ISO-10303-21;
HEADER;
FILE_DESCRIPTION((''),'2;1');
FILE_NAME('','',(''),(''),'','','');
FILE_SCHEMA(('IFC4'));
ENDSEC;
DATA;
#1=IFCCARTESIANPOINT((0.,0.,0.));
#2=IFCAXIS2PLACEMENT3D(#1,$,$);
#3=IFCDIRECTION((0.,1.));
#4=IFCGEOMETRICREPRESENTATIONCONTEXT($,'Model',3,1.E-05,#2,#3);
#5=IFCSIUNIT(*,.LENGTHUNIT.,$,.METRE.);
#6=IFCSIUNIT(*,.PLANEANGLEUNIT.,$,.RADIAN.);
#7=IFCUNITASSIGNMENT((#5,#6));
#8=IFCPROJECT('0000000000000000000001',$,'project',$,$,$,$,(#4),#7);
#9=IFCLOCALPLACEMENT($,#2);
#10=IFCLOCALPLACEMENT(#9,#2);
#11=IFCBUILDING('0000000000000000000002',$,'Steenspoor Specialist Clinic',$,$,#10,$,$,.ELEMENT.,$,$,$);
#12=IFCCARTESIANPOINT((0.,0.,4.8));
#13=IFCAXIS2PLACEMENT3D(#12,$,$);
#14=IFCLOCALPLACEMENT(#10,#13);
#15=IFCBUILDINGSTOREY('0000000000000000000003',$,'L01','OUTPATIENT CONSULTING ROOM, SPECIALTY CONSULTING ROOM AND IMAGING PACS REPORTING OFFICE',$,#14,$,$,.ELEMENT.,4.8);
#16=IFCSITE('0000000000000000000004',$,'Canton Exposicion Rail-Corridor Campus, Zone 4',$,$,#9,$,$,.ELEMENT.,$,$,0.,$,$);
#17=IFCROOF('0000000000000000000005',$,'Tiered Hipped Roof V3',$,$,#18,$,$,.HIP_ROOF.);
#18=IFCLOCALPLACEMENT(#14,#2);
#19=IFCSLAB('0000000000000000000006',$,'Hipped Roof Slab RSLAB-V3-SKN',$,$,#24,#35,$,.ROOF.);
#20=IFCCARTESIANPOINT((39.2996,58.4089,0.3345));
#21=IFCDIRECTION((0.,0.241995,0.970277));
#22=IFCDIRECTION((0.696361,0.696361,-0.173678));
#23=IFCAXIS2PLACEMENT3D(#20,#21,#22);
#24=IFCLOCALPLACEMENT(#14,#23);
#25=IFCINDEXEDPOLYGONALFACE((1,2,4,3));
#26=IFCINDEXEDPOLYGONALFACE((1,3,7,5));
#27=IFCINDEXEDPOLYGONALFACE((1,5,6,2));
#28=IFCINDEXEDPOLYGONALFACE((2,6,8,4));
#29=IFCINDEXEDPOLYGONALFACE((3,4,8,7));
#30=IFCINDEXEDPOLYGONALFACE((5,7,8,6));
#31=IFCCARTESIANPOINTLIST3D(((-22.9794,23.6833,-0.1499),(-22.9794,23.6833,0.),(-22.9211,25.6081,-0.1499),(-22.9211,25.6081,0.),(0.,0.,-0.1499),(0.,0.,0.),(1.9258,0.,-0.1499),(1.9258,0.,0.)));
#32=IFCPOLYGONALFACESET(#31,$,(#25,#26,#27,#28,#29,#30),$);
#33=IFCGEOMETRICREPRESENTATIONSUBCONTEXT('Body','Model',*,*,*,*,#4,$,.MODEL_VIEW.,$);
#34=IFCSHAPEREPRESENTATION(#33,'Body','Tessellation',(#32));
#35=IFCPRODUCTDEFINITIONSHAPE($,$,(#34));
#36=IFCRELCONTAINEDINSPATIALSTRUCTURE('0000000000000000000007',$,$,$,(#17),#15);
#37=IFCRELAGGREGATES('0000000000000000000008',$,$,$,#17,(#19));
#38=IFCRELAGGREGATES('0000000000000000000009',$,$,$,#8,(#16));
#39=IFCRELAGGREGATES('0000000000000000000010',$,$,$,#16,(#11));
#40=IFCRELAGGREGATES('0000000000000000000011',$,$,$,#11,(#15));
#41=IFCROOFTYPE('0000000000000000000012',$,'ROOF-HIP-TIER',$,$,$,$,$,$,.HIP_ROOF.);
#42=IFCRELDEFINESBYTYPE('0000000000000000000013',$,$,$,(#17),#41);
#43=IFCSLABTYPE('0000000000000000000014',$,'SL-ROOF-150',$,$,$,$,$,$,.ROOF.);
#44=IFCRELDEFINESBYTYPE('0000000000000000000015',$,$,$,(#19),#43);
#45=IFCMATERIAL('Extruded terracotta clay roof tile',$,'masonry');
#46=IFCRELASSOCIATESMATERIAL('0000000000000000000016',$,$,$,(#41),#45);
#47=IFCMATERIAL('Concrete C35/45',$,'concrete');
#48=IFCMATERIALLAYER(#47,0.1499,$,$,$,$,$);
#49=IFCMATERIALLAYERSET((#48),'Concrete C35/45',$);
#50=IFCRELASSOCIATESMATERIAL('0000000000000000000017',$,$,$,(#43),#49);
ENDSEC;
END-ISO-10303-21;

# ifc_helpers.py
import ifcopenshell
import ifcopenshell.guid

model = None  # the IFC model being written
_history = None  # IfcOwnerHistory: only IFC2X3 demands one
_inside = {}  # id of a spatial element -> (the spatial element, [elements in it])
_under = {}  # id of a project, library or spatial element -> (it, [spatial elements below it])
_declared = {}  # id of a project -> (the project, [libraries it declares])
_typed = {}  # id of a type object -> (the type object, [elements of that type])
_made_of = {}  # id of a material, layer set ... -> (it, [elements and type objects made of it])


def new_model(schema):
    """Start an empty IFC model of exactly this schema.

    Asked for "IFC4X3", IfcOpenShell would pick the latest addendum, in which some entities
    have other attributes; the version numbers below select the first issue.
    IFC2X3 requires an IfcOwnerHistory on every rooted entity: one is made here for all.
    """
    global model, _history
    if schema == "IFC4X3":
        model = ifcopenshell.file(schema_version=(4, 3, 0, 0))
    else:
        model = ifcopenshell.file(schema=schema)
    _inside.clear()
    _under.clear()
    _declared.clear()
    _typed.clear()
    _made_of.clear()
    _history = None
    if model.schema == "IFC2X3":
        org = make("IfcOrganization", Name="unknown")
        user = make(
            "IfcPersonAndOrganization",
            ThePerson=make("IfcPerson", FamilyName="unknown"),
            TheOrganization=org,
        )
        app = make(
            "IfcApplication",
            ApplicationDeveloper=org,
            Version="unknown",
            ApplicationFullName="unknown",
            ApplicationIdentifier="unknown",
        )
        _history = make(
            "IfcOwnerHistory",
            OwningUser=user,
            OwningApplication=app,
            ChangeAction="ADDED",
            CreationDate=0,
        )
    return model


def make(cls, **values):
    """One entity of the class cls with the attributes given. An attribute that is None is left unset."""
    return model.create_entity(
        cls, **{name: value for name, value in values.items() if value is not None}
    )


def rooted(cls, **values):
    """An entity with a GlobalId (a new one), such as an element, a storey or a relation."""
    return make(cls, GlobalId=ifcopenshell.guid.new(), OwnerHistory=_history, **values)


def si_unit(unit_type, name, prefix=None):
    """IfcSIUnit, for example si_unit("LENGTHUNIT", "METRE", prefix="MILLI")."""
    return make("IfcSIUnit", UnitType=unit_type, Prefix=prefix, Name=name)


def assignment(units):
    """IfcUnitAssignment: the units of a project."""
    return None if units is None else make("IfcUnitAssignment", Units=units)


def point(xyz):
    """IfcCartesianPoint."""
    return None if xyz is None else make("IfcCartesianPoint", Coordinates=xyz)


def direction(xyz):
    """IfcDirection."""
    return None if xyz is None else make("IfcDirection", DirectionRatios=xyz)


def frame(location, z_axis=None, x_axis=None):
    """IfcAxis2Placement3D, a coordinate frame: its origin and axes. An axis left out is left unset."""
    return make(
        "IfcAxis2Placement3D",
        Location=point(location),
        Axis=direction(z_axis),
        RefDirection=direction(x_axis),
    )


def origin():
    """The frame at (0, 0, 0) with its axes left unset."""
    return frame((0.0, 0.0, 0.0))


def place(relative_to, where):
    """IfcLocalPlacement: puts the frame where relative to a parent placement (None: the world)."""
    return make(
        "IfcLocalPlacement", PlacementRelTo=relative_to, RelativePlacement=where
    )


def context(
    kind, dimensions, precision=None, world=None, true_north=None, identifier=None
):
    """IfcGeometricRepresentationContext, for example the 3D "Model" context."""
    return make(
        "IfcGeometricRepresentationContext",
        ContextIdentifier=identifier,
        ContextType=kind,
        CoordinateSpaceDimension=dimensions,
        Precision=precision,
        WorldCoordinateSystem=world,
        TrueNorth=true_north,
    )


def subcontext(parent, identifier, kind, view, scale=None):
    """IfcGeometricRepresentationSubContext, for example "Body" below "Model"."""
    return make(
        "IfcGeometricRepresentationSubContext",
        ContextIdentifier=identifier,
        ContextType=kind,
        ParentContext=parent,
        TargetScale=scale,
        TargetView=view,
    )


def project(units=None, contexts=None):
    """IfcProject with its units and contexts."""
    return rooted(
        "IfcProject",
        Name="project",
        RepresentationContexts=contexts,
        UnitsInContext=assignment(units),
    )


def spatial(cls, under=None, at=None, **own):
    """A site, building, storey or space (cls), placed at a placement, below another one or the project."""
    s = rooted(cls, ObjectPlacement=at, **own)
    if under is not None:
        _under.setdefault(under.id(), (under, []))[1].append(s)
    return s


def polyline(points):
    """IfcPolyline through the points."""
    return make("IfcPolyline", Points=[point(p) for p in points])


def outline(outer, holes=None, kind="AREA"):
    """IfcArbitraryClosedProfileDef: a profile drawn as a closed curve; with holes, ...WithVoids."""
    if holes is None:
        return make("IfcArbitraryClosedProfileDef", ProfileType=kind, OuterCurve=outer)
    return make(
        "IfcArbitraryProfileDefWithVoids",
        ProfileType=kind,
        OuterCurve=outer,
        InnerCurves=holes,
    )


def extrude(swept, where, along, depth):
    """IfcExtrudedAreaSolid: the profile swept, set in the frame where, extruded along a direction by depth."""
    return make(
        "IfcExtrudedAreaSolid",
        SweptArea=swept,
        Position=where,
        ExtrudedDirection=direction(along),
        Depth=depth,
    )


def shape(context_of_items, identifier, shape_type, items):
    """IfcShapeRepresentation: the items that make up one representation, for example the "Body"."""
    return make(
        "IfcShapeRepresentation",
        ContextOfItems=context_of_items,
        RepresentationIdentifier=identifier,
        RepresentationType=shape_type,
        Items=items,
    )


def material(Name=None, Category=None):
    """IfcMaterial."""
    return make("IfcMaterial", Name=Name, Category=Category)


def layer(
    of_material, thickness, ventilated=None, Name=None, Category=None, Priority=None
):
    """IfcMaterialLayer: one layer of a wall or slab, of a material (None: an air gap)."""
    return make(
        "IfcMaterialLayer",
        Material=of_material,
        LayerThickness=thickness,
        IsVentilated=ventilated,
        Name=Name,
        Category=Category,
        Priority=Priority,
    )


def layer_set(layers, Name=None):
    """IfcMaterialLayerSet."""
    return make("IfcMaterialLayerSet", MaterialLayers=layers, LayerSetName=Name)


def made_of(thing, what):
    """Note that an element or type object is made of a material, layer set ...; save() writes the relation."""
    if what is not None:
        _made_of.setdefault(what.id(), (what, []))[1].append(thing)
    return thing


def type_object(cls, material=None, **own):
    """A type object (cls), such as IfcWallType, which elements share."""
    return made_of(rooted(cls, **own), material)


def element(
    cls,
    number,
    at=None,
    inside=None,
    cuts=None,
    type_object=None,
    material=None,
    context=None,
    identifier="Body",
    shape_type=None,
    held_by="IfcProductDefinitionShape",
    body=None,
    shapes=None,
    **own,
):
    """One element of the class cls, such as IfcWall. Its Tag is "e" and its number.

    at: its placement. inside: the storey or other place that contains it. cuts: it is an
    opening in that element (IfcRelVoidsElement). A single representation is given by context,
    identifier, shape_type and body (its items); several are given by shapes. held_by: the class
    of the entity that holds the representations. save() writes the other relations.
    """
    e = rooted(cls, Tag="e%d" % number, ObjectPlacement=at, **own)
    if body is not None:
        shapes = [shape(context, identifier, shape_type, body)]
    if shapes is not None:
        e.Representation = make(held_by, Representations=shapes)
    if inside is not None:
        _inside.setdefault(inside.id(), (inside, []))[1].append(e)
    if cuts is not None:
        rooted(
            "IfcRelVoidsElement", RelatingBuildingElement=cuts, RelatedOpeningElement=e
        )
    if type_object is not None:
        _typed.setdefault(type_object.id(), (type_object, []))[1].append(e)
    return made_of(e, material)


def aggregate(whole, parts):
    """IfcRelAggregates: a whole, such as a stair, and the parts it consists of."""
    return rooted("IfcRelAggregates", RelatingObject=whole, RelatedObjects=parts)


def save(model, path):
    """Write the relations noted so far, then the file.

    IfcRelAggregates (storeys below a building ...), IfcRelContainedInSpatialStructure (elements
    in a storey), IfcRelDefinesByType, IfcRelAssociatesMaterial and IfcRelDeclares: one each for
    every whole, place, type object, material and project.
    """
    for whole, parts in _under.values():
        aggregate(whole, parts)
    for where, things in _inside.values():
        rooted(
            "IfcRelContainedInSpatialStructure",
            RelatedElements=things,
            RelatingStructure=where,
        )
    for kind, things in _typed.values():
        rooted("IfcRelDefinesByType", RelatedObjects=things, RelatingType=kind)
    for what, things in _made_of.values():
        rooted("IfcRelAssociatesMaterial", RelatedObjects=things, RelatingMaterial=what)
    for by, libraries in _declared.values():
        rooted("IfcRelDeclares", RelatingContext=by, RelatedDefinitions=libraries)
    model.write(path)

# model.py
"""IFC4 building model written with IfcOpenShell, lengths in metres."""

from ifc_helpers import new_model, si_unit, direction, frame, origin, place, context, subcontext, project, spatial, polyline, outline, extrude, material, layer, layer_set, type_object, element, aggregate, save


model = new_model("IFC4")

# Units and contexts
model_context = context("Model", 3, precision=1e-05, world=origin(), true_north=direction((0.0, 1.0)))
body_context = subcontext(model_context, "Body", "Model", "MODEL_VIEW")
ifc_project = project(units=[si_unit("LENGTHUNIT", "METRE"), si_unit("PLANEANGLEUNIT", "RADIAN")], contexts=[model_context])

# Site, building, storey
site_placement = place(None, origin())
site = spatial("IfcSite", under=ifc_project, at=site_placement, Name="Canton Exposicion Rail-Corridor Campus, Zone 4", CompositionType="ELEMENT", RefElevation=0.0)
building_placement = place(site_placement, origin())
building = spatial("IfcBuilding", under=site, at=building_placement, Name="Steenspoor Specialist Clinic", CompositionType="ELEMENT")
storey_placement = place(building_placement, frame((0.0, 0.0, 4.8)))
storey = spatial("IfcBuildingStorey", under=building, at=storey_placement, Name="L01", Description="OUTPATIENT CONSULTING ROOM, SPECIALTY CONSULTING ROOM AND IMAGING PACS REPORTING OFFICE", CompositionType="ELEMENT", Elevation=4.8)

# Shared definitions
ifc_material_1 = material(Name="Concrete C35/45", Category="concrete")

# Roof, slab
ifc_material_2 = material(Name="Extruded terracotta clay roof tile", Category="masonry")
roof_type = type_object("IfcRoofType", Name="ROOF-HIP-TIER", PredefinedType="HIP_ROOF", material=ifc_material_2)
roof_placement = place(storey_placement, origin())
roof = element("IfcRoof", 1, at=roof_placement, inside=storey, type_object=roof_type, Name="Tiered Hipped Roof V3", PredefinedType="HIP_ROOF")
ifc_layer_1 = layer(ifc_material_1, 0.1499)
ifc_layer_set_1 = layer_set([ifc_layer_1], Name="Concrete C35/45")
slab_type = type_object("IfcSlabType", Name="SL-ROOF-150", PredefinedType="ROOF", material=ifc_layer_set_1)
slab_1_placement = place(storey_placement, frame((39.2996, 58.4089, 0.3345), z_axis=(0.0, 0.241995, 0.970277), x_axis=(0.696361, 0.696361, -0.173678)))
slab_1 = element("IfcSlab", 2, at=slab_1_placement, type_object=slab_type, Name="Hipped Roof Slab RSLAB-V3-SKN", PredefinedType="ROOF", context=body_context, shape_type="SweptSolid", body=[
    extrude(outline(polyline([(0.0, 0.0), (1.9258, 0.0), (-22.9211, 25.6081), (-22.9794, 23.6833), (0.0, 0.0)])), origin(), (0.0, 0.0, -1.0), 0.1499),
])
aggregate(roof, [slab_1])

save(model, "model.ifc")
